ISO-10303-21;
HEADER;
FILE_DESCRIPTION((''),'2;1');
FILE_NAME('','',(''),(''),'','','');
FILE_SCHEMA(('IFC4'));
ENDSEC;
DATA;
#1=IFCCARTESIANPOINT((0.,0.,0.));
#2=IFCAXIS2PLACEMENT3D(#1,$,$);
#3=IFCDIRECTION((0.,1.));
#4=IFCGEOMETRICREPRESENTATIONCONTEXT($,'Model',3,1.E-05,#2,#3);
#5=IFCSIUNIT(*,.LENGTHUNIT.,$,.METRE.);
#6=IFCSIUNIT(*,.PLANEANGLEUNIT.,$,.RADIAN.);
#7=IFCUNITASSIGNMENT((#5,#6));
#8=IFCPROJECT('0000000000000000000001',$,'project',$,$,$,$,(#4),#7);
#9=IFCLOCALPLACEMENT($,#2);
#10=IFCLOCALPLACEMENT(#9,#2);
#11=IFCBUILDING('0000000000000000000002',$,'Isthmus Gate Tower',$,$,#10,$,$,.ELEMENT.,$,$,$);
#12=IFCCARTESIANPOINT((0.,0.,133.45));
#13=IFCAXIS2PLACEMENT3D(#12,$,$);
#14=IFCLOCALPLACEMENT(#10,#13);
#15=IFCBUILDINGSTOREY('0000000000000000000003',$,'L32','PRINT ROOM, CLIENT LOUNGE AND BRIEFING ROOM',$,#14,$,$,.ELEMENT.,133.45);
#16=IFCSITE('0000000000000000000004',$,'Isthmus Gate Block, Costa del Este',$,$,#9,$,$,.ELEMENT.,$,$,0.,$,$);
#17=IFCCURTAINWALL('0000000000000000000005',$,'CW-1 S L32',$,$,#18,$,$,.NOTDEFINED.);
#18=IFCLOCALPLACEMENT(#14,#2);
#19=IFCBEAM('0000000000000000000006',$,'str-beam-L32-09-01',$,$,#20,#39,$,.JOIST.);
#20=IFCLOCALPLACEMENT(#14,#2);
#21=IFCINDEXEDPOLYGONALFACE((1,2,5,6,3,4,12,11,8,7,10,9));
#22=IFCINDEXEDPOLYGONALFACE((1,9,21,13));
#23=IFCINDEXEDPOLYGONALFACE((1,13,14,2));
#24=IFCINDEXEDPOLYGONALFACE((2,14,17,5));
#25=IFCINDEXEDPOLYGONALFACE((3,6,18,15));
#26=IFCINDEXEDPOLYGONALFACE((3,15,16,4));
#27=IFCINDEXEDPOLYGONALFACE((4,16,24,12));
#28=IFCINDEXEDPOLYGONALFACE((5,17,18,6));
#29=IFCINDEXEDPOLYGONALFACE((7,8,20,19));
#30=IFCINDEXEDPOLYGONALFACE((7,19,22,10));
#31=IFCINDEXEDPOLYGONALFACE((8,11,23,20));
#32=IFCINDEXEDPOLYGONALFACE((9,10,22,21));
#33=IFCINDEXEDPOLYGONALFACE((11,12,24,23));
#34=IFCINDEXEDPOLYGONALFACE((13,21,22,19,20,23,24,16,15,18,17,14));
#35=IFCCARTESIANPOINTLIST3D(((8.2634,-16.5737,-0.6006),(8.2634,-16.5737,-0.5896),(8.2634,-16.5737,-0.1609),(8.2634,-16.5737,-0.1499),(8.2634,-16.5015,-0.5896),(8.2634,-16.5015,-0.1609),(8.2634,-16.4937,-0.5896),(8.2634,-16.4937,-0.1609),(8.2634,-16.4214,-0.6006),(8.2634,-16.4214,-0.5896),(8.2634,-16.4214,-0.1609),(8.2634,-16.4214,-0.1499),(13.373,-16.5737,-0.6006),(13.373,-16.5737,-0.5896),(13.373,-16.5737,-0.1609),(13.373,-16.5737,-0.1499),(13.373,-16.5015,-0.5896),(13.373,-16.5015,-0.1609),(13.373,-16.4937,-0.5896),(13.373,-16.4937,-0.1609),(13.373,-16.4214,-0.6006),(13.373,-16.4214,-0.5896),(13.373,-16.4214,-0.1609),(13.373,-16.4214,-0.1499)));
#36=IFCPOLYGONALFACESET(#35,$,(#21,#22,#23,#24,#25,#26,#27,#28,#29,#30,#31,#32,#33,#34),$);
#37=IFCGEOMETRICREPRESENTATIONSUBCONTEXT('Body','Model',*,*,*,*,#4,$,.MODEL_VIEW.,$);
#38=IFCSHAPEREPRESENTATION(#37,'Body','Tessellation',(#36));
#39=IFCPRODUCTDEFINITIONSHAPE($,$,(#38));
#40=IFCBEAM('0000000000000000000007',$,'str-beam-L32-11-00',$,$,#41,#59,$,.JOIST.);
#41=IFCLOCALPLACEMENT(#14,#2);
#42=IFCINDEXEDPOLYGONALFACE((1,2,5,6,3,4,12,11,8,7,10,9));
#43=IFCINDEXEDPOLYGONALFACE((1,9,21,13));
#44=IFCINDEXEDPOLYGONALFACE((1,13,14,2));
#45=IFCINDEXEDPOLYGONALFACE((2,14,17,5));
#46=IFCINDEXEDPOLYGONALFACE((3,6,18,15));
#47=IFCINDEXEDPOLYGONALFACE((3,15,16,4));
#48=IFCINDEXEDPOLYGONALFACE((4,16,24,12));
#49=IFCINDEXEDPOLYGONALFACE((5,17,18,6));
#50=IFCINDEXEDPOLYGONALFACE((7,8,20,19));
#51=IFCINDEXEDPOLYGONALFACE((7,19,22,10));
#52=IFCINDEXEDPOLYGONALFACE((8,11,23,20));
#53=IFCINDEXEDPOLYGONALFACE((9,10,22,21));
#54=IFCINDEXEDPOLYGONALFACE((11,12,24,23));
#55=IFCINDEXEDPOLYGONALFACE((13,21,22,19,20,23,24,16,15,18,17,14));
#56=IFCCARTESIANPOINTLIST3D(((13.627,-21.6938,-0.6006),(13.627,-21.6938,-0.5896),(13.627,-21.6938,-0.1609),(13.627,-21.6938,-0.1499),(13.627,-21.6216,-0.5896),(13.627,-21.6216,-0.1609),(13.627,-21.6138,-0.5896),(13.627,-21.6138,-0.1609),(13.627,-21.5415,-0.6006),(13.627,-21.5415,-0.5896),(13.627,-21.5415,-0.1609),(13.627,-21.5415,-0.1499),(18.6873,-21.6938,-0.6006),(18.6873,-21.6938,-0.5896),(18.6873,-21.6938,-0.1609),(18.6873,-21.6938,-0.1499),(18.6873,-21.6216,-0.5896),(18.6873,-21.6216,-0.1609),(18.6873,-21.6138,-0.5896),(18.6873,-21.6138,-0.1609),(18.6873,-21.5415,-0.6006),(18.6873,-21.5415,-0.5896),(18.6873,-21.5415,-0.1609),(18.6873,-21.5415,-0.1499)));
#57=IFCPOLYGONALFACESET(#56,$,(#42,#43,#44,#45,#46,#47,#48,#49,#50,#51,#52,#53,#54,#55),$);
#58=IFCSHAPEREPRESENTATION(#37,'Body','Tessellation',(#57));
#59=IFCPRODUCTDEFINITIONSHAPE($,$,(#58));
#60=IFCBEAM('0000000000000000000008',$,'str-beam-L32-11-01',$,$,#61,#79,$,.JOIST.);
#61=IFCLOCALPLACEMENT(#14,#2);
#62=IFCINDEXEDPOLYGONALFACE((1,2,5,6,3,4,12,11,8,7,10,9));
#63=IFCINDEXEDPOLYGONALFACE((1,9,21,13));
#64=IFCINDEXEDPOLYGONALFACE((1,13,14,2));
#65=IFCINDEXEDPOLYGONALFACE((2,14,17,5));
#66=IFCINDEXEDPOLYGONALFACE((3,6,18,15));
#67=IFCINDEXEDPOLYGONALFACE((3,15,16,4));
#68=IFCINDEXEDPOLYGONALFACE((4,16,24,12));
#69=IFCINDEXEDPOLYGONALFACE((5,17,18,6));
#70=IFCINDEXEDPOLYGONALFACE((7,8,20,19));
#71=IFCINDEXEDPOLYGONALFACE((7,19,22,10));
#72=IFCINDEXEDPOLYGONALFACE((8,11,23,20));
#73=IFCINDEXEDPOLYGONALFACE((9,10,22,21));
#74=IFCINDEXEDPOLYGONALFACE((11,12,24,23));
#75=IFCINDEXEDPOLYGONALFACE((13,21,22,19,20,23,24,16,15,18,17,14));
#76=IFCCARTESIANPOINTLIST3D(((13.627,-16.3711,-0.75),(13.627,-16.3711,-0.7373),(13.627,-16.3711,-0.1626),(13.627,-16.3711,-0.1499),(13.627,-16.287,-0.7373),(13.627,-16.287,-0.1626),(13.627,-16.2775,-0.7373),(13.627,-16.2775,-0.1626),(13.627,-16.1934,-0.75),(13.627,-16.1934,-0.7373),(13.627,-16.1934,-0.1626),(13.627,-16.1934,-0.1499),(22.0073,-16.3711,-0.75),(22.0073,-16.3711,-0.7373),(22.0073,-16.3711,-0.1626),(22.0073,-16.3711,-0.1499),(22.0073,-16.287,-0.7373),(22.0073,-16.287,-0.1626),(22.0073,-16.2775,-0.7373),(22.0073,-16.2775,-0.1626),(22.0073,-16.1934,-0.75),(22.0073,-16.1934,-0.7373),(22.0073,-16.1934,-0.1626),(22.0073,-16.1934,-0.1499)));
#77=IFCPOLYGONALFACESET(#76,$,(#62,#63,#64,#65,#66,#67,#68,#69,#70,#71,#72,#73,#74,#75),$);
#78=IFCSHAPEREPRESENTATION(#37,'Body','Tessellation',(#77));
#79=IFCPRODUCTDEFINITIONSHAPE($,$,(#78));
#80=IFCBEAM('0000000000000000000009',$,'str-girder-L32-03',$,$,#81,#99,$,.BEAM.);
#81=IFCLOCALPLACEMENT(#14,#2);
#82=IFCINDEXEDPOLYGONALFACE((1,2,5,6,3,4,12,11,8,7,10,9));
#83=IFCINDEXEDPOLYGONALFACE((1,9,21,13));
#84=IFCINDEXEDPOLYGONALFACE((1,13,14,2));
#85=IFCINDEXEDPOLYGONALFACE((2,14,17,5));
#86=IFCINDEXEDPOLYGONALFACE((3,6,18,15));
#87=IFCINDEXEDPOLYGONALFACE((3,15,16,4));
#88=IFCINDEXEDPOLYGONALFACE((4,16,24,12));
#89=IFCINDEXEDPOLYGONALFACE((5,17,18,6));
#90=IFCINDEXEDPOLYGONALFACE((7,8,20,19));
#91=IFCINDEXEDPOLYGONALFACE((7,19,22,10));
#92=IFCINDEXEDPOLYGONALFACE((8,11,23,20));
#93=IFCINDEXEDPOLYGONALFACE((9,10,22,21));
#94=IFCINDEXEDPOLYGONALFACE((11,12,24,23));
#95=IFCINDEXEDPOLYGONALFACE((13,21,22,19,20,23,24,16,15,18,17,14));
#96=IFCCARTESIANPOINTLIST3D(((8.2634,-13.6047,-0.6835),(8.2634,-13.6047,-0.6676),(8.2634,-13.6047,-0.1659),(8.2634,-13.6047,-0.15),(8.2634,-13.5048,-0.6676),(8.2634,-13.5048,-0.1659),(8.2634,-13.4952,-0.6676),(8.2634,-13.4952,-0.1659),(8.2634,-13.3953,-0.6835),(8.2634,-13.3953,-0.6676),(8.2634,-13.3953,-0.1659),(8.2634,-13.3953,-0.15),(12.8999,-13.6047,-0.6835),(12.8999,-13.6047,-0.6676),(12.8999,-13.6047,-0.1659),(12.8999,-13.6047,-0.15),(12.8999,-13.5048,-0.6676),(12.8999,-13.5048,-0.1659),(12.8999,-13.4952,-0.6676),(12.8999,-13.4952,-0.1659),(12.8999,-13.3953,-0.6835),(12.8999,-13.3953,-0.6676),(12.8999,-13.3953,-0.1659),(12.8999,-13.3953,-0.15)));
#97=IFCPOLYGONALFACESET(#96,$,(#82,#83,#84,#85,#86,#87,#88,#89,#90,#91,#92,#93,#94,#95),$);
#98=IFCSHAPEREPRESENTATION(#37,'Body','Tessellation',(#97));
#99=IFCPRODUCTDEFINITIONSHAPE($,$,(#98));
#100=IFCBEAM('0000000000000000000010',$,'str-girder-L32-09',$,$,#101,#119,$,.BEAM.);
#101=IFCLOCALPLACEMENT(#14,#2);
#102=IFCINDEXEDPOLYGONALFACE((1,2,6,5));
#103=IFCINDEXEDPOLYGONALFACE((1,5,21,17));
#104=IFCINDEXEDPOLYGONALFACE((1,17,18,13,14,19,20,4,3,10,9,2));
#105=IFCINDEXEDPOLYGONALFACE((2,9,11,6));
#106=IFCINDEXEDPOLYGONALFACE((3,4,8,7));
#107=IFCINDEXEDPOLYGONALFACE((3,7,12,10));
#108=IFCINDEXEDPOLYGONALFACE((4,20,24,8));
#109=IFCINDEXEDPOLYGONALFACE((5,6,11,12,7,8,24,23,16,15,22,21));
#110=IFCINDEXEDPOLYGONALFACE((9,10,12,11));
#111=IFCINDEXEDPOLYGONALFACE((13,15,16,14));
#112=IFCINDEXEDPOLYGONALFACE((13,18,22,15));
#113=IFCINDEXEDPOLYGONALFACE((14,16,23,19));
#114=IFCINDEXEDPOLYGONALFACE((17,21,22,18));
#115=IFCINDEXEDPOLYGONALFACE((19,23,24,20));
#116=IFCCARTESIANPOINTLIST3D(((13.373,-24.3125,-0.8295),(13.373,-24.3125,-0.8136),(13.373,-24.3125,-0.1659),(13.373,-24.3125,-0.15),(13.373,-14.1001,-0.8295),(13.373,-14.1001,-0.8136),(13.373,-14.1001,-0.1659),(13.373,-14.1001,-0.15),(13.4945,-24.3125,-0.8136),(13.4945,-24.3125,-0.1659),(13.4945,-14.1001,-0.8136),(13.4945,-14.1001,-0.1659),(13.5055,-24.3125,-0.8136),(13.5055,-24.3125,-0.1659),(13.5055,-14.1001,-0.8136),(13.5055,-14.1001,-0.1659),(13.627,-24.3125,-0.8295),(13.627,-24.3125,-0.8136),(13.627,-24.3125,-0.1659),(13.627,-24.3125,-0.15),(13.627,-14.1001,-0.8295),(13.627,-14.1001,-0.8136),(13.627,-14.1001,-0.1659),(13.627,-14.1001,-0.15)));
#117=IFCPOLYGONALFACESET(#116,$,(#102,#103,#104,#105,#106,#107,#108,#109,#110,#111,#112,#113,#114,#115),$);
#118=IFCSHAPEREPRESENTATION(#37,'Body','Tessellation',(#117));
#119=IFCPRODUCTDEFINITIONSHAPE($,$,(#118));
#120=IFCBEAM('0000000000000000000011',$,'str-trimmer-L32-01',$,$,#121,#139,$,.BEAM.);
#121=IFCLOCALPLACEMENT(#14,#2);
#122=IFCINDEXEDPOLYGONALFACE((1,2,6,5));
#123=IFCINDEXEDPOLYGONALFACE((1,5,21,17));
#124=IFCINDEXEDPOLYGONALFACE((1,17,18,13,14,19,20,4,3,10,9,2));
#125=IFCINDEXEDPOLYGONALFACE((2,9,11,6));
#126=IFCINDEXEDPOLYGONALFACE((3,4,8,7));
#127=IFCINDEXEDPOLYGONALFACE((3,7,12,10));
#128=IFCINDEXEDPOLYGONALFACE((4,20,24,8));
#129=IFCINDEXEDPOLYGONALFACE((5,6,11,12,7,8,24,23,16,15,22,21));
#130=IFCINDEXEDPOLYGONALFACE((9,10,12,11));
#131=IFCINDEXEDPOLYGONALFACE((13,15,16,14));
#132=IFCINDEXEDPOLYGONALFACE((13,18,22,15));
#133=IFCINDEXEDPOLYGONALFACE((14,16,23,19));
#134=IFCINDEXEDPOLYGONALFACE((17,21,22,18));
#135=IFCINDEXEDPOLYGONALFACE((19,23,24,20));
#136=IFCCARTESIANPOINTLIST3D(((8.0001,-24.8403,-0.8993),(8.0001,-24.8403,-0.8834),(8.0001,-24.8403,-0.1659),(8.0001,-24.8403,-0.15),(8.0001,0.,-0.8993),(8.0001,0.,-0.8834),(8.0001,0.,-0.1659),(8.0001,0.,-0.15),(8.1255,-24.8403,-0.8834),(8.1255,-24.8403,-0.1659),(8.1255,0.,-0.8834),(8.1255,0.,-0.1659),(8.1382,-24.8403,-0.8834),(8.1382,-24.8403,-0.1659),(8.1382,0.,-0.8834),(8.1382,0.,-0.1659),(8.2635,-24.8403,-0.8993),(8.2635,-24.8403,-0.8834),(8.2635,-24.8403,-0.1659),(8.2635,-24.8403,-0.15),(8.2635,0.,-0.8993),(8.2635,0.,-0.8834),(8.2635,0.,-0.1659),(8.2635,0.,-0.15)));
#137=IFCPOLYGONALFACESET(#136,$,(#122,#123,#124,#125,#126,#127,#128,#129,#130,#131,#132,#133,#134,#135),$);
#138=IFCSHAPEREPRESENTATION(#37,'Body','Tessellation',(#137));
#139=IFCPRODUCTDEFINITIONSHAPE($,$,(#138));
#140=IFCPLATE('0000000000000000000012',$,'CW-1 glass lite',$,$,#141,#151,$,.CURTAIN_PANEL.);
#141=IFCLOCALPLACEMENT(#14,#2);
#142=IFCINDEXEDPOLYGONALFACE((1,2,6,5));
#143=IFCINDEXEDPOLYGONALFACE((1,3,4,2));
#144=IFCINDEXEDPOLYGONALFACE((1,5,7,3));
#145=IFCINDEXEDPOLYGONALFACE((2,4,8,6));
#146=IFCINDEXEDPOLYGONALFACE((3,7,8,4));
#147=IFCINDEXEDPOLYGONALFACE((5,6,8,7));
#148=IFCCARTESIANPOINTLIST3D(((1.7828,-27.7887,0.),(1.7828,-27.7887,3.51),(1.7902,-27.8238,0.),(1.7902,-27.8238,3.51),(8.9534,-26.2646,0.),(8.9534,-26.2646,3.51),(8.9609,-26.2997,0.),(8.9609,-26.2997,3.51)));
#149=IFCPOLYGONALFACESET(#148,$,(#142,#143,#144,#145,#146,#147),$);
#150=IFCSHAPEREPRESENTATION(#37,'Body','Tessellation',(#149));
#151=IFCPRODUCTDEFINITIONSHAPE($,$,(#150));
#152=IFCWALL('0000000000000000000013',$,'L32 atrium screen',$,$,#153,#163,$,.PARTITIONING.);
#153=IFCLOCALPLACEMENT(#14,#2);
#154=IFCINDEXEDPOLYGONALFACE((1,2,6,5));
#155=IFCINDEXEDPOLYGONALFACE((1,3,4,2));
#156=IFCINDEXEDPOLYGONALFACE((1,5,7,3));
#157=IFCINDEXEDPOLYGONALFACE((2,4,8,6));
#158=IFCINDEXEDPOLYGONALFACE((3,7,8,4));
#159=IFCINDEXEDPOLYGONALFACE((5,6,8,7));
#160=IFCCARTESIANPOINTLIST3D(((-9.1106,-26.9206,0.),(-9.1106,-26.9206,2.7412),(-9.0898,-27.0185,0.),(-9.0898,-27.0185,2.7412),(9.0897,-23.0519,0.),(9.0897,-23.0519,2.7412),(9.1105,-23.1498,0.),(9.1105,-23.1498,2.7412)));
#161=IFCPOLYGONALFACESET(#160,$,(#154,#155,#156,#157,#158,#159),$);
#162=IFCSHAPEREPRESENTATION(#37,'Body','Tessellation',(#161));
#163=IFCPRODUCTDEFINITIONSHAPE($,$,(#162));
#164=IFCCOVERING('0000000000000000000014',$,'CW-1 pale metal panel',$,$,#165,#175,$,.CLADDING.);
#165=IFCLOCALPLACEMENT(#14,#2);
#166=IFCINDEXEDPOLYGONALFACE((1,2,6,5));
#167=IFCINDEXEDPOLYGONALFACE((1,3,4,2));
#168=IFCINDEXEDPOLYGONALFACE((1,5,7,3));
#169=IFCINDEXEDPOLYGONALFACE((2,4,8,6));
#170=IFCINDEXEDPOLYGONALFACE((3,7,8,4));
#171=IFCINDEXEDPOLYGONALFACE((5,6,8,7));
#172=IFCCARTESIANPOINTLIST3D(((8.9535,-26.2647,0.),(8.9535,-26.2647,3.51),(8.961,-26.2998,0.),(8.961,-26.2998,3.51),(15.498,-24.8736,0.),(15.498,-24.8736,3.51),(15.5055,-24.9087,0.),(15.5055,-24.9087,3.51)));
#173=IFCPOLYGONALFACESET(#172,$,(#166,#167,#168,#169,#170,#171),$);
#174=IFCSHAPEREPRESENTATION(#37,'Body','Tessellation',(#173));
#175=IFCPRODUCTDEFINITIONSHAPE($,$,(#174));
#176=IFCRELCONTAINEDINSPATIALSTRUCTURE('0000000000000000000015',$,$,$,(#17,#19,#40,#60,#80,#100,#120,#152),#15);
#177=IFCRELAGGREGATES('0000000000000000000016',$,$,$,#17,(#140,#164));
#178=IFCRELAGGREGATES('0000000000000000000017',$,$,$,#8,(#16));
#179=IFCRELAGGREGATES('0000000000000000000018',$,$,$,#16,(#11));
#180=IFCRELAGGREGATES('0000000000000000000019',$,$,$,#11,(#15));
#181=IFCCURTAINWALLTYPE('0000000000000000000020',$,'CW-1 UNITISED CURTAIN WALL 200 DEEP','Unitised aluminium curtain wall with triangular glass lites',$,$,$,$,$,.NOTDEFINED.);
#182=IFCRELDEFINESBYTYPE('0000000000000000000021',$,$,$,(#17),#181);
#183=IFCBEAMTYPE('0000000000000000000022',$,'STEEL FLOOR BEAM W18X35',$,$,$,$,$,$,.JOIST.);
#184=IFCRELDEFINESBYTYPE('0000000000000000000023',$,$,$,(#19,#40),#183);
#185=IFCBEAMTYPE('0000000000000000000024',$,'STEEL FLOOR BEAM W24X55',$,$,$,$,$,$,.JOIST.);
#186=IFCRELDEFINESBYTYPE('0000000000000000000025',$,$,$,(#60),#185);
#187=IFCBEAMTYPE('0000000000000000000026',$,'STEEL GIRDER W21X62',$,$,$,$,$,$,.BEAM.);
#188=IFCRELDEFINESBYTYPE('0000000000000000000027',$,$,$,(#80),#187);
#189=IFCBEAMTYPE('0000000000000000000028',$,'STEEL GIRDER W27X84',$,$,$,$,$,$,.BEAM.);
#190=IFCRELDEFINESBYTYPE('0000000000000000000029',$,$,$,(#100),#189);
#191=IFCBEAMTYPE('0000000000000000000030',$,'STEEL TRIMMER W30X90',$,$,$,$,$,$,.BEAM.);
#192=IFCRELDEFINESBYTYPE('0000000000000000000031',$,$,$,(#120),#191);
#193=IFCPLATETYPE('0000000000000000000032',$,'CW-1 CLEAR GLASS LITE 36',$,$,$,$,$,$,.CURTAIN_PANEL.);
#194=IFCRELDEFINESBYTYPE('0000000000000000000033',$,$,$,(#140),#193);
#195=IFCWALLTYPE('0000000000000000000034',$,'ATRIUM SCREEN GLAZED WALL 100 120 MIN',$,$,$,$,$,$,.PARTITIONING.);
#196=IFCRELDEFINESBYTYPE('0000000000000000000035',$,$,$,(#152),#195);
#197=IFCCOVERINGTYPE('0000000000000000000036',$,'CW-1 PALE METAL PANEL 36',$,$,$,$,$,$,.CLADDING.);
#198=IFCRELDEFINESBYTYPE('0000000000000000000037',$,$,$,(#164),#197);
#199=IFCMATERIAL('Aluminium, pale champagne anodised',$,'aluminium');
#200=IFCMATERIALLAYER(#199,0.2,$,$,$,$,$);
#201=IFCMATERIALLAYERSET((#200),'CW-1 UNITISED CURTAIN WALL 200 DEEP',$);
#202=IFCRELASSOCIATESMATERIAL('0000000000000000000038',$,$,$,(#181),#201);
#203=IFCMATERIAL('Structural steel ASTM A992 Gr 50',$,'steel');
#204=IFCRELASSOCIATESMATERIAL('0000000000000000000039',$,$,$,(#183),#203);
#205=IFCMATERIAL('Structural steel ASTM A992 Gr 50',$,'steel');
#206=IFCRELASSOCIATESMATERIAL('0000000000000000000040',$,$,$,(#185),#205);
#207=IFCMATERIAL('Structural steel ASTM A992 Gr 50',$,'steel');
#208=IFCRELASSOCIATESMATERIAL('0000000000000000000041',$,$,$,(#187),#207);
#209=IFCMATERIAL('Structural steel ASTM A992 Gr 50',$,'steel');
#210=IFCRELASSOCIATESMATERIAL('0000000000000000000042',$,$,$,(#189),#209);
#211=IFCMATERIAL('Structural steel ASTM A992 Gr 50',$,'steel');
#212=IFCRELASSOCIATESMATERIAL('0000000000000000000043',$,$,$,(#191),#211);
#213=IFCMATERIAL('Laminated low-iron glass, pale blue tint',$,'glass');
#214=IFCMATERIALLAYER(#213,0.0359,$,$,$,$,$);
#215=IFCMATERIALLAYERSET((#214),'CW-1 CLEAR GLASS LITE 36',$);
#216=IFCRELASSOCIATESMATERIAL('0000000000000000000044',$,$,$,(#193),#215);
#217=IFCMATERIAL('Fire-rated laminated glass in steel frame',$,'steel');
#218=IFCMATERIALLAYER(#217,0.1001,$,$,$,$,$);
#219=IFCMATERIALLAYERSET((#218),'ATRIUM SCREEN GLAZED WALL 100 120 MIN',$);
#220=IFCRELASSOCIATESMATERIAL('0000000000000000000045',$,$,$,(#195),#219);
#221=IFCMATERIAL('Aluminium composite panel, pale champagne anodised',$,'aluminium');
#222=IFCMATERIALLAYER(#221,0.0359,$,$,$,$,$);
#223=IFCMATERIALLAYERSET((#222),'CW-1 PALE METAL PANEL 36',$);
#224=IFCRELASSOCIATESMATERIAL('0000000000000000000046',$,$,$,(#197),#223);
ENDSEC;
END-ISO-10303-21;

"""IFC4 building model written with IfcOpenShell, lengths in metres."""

from ifc_helpers import new_model, si_unit, direction, frame, frame_2d, origin, origin_2d, place, context, subcontext, project, spatial, rectangle, i_section, extrude, material, layer, layer_set, material_profile, profile_set, type_object, element, aggregate, save


model = new_model("IFC4")

# Units and contexts
model_context = context("Model", 3, precision=1e-05, world=origin(), true_north=direction((0.0, 1.0)))
body_context = subcontext(model_context, "Body", "Model", "MODEL_VIEW")
ifc_project = project(units=[si_unit("LENGTHUNIT", "METRE"), si_unit("PLANEANGLEUNIT", "RADIAN")], contexts=[model_context])

# Site, building, storey
site_placement = place(None, origin())
site = spatial("IfcSite", under=ifc_project, at=site_placement, Name="Isthmus Gate Block, Costa del Este", CompositionType="ELEMENT", RefElevation=0.0)
building_placement = place(site_placement, origin())
building = spatial("IfcBuilding", under=site, at=building_placement, Name="Isthmus Gate Tower", CompositionType="ELEMENT")
storey_placement = place(building_placement, frame((0.0, 0.0, 133.45)))
storey = spatial("IfcBuildingStorey", under=building, at=storey_placement, Name="L32", Description="PRINT ROOM, CLIENT LOUNGE AND BRIEFING ROOM", CompositionType="ELEMENT", Elevation=133.45)

# Curtain wall
ifc_material_1 = material(Name="Aluminium, pale champagne anodised", Category="aluminium")
ifc_layer_1 = layer(ifc_material_1, 0.2)
ifc_layer_set_1 = layer_set([ifc_layer_1], Name="CW-1 UNITISED CURTAIN WALL 200 DEEP")
curtain_wall_type = type_object("IfcCurtainWallType", Name="CW-1 UNITISED CURTAIN WALL 200 DEEP", Description="Unitised aluminium curtain wall with triangular glass lites", PredefinedType="NOTDEFINED", material=ifc_layer_set_1)
curtain_wall_placement = place(storey_placement, origin())
curtain_wall = element("IfcCurtainWall", 1, at=curtain_wall_placement, inside=storey, type_object=curtain_wall_type, Name="CW-1 S L32", PredefinedType="NOTDEFINED")

# Beams
ifc_material_2 = material(Name="Structural steel ASTM A992 Gr 50", Category="steel")
ifc_material_profile_1 = material_profile(ifc_material_2, i_section(OverallWidth=0.1523, OverallDepth=0.4507, WebThickness=0.0078, FlangeThickness=0.011, at=origin_2d()), Name="W18X35")
ifc_profile_set_1 = profile_set([ifc_material_profile_1], Name="Structural steel ASTM A992 Gr 50")
beam_type_1 = type_object("IfcBeamType", Name="STEEL FLOOR BEAM W18X35", PredefinedType="JOIST", material=ifc_profile_set_1)
for number, where, z_axis, x_axis, name in (
    (2, (8.2634, -16.4976, -0.3752), (1.0, 0.0, 0.0), (0.0, 1.0, 0.0), "str-beam-L32-09-01"),
):
    element("IfcBeam", number, at=place(storey_placement, frame(where, z_axis=z_axis, x_axis=x_axis)), inside=storey, type_object=beam_type_1, Name=name, PredefinedType="JOIST", context=body_context, shape_type="SweptSolid", body=[
        extrude(i_section(OverallWidth=0.1523, OverallDepth=0.4507, WebThickness=0.0078, FlangeThickness=0.011, at=origin_2d()), origin(), (0.0, 0.0, 1.0), 5.1096),
    ])
beam_1_placement = place(storey_placement, frame((13.627, -21.6177, -0.3752), z_axis=(1.0, 0.0, 0.0), x_axis=(0.0, 1.0, 0.0)))
element("IfcBeam", 3, at=beam_1_placement, inside=storey, type_object=beam_type_1, Name="str-beam-L32-11-00", PredefinedType="JOIST", context=body_context, shape_type="SweptSolid", body=[
    extrude(i_section(OverallWidth=0.1523, OverallDepth=0.4507, WebThickness=0.0078, FlangeThickness=0.011, at=origin_2d()), origin(), (0.0, 0.0, 1.0), 5.0603),
])
ifc_material_3 = material(Name="Structural steel ASTM A992 Gr 50", Category="steel")
ifc_material_profile_2 = material_profile(ifc_material_3, i_section(OverallWidth=0.1777, OverallDepth=0.6001, WebThickness=0.0095, FlangeThickness=0.0127, at=origin_2d()), Name="W24X55")
ifc_profile_set_2 = profile_set([ifc_material_profile_2], Name="Structural steel ASTM A992 Gr 50")
beam_type_2 = type_object("IfcBeamType", Name="STEEL FLOOR BEAM W24X55", PredefinedType="JOIST", material=ifc_profile_set_2)
beam_2_placement = place(storey_placement, frame((13.627, -16.2822, -0.45), z_axis=(1.0, 0.0, 0.0), x_axis=(0.0, 1.0, 0.0)))
element("IfcBeam", 4, at=beam_2_placement, inside=storey, type_object=beam_type_2, Name="str-beam-L32-11-01", PredefinedType="JOIST", context=body_context, shape_type="SweptSolid", body=[
    extrude(i_section(OverallWidth=0.1777, OverallDepth=0.6001, WebThickness=0.0095, FlangeThickness=0.0127, at=origin_2d()), origin(), (0.0, 0.0, 1.0), 8.3804),
])
ifc_material_4 = material(Name="Structural steel ASTM A992 Gr 50", Category="steel")
ifc_material_profile_3 = material_profile(ifc_material_4, i_section(OverallWidth=0.2095, OverallDepth=0.5334, WebThickness=0.0095, FlangeThickness=0.0159, at=origin_2d()), Name="W21X62")
ifc_profile_set_3 = profile_set([ifc_material_profile_3], Name="Structural steel ASTM A992 Gr 50")
beam_type_3 = type_object("IfcBeamType", Name="STEEL GIRDER W21X62", PredefinedType="BEAM", material=ifc_profile_set_3)
beam_3_placement = place(storey_placement, frame((8.2634, -13.5, -0.4167), z_axis=(1.0, 0.0, 0.0), x_axis=(0.0, 1.0, 0.0)))
element("IfcBeam", 5, at=beam_3_placement, inside=storey, type_object=beam_type_3, Name="str-girder-L32-03", PredefinedType="BEAM", context=body_context, shape_type="SweptSolid", body=[
    extrude(i_section(OverallWidth=0.2095, OverallDepth=0.5334, WebThickness=0.0095, FlangeThickness=0.0159, at=origin_2d()), origin(), (0.0, 0.0, 1.0), 4.6365),
])
ifc_material_5 = material(Name="Structural steel ASTM A992 Gr 50", Category="steel")
ifc_material_profile_4 = material_profile(ifc_material_5, i_section(OverallWidth=0.2539, OverallDepth=0.6794, WebThickness=0.011, FlangeThickness=0.0159, at=origin_2d()), Name="W27X84")
ifc_profile_set_4 = profile_set([ifc_material_profile_4], Name="Structural steel ASTM A992 Gr 50")
beam_type_4 = type_object("IfcBeamType", Name="STEEL GIRDER W27X84", PredefinedType="BEAM", material=ifc_profile_set_4)
beam_4_placement = place(storey_placement, frame((13.5, -24.3125, -0.4897), z_axis=(0.0, 1.0, 0.0), x_axis=(-1.0, 0.0, 0.0)))
element("IfcBeam", 6, at=beam_4_placement, inside=storey, type_object=beam_type_4, Name="str-girder-L32-09", PredefinedType="BEAM", context=body_context, shape_type="SweptSolid", body=[
    extrude(i_section(OverallWidth=0.2539, OverallDepth=0.6794, WebThickness=0.011, FlangeThickness=0.0159, at=origin_2d()), origin(), (0.0, 0.0, 1.0), 10.2124),
])
ifc_material_6 = material(Name="Structural steel ASTM A992 Gr 50", Category="steel")
ifc_material_profile_5 = material_profile(ifc_material_6, i_section(OverallWidth=0.2634, OverallDepth=0.7493, WebThickness=0.0127, FlangeThickness=0.0159, at=origin_2d()), Name="W30X90")
ifc_profile_set_5 = profile_set([ifc_material_profile_5], Name="Structural steel ASTM A992 Gr 50")
beam_type_5 = type_object("IfcBeamType", Name="STEEL TRIMMER W30X90", PredefinedType="BEAM", material=ifc_profile_set_5)
beam_5_placement = place(storey_placement, frame((8.1318, -24.8403, -0.5247), z_axis=(0.0, 1.0, 0.0), x_axis=(-1.0, 0.0, 0.0)))
element("IfcBeam", 7, at=beam_5_placement, inside=storey, type_object=beam_type_5, Name="str-trimmer-L32-01", PredefinedType="BEAM", context=body_context, shape_type="SweptSolid", body=[
    extrude(i_section(OverallWidth=0.2634, OverallDepth=0.7493, WebThickness=0.0127, FlangeThickness=0.0159, at=origin_2d()), origin(), (0.0, 0.0, 1.0), 24.8403),
])

# Plate
ifc_material_7 = material(Name="Laminated low-iron glass, pale blue tint", Category="glass")
ifc_layer_2 = layer(ifc_material_7, 0.0359)
ifc_layer_set_2 = layer_set([ifc_layer_2], Name="CW-1 CLEAR GLASS LITE 36")
plate_type = type_object("IfcPlateType", Name="CW-1 CLEAR GLASS LITE 36", PredefinedType="CURTAIN_PANEL", material=ifc_layer_set_2)
plate_placement = place(storey_placement, frame((5.3718, -27.0442, 0.0), z_axis=(0.0, 0.0, 1.0), x_axis=(0.978148, 0.207912, 0.0)))
plate = element("IfcPlate", 8, at=plate_placement, type_object=plate_type, Name="CW-1 glass lite", PredefinedType="CURTAIN_PANEL", context=body_context, shape_type="SweptSolid", body=[
    extrude(rectangle(XDim=7.3308, YDim=0.0359, at=origin_2d()), origin(), (0.0, 0.0, 1.0), 3.51),
])

# Wall
ifc_material_8 = material(Name="Fire-rated laminated glass in steel frame", Category="steel")
ifc_layer_3 = layer(ifc_material_8, 0.1001)
ifc_layer_set_3 = layer_set([ifc_layer_3], Name="ATRIUM SCREEN GLAZED WALL 100 120 MIN")
wall_type = type_object("IfcWallType", Name="ATRIUM SCREEN GLAZED WALL 100 120 MIN", PredefinedType="PARTITIONING", material=ifc_layer_set_3)
wall_placement = place(storey_placement, frame((9.1001, -23.1008, 0.0), z_axis=(0.0, 0.0, 1.0), x_axis=(-0.978147, -0.207916, 0.0)))
element("IfcWall", 9, at=wall_placement, inside=storey, type_object=wall_type, Name="L32 atrium screen", PredefinedType="PARTITIONING", context=body_context, shape_type="SweptSolid", body=[
    extrude(rectangle(XDim=18.6069, YDim=0.1001, at=frame_2d((9.3035, 0.0))), origin(), (0.0, 0.0, 1.0), 2.7412),
])

# Covering
ifc_material_9 = material(Name="Aluminium composite panel, pale champagne anodised", Category="aluminium")
ifc_layer_4 = layer(ifc_material_9, 0.0359)
ifc_layer_set_4 = layer_set([ifc_layer_4], Name="CW-1 PALE METAL PANEL 36")
covering_type = type_object("IfcCoveringType", Name="CW-1 PALE METAL PANEL 36", PredefinedType="CLADDING", material=ifc_layer_set_4)
covering_placement = place(storey_placement, frame((12.2295, -25.5867, 0.0), z_axis=(0.0, 0.0, 1.0), x_axis=(0.978148, 0.207912, 0.0)))
covering = element("IfcCovering", 10, at=covering_placement, type_object=covering_type, Name="CW-1 pale metal panel", PredefinedType="CLADDING", context=body_context, shape_type="SweptSolid", body=[
    extrude(rectangle(XDim=6.6907, YDim=0.0359, at=origin_2d()), origin(), (0.0, 0.0, 1.0), 3.51),
])
aggregate(curtain_wall, [plate, covering])

save(model, "model.ifc")
